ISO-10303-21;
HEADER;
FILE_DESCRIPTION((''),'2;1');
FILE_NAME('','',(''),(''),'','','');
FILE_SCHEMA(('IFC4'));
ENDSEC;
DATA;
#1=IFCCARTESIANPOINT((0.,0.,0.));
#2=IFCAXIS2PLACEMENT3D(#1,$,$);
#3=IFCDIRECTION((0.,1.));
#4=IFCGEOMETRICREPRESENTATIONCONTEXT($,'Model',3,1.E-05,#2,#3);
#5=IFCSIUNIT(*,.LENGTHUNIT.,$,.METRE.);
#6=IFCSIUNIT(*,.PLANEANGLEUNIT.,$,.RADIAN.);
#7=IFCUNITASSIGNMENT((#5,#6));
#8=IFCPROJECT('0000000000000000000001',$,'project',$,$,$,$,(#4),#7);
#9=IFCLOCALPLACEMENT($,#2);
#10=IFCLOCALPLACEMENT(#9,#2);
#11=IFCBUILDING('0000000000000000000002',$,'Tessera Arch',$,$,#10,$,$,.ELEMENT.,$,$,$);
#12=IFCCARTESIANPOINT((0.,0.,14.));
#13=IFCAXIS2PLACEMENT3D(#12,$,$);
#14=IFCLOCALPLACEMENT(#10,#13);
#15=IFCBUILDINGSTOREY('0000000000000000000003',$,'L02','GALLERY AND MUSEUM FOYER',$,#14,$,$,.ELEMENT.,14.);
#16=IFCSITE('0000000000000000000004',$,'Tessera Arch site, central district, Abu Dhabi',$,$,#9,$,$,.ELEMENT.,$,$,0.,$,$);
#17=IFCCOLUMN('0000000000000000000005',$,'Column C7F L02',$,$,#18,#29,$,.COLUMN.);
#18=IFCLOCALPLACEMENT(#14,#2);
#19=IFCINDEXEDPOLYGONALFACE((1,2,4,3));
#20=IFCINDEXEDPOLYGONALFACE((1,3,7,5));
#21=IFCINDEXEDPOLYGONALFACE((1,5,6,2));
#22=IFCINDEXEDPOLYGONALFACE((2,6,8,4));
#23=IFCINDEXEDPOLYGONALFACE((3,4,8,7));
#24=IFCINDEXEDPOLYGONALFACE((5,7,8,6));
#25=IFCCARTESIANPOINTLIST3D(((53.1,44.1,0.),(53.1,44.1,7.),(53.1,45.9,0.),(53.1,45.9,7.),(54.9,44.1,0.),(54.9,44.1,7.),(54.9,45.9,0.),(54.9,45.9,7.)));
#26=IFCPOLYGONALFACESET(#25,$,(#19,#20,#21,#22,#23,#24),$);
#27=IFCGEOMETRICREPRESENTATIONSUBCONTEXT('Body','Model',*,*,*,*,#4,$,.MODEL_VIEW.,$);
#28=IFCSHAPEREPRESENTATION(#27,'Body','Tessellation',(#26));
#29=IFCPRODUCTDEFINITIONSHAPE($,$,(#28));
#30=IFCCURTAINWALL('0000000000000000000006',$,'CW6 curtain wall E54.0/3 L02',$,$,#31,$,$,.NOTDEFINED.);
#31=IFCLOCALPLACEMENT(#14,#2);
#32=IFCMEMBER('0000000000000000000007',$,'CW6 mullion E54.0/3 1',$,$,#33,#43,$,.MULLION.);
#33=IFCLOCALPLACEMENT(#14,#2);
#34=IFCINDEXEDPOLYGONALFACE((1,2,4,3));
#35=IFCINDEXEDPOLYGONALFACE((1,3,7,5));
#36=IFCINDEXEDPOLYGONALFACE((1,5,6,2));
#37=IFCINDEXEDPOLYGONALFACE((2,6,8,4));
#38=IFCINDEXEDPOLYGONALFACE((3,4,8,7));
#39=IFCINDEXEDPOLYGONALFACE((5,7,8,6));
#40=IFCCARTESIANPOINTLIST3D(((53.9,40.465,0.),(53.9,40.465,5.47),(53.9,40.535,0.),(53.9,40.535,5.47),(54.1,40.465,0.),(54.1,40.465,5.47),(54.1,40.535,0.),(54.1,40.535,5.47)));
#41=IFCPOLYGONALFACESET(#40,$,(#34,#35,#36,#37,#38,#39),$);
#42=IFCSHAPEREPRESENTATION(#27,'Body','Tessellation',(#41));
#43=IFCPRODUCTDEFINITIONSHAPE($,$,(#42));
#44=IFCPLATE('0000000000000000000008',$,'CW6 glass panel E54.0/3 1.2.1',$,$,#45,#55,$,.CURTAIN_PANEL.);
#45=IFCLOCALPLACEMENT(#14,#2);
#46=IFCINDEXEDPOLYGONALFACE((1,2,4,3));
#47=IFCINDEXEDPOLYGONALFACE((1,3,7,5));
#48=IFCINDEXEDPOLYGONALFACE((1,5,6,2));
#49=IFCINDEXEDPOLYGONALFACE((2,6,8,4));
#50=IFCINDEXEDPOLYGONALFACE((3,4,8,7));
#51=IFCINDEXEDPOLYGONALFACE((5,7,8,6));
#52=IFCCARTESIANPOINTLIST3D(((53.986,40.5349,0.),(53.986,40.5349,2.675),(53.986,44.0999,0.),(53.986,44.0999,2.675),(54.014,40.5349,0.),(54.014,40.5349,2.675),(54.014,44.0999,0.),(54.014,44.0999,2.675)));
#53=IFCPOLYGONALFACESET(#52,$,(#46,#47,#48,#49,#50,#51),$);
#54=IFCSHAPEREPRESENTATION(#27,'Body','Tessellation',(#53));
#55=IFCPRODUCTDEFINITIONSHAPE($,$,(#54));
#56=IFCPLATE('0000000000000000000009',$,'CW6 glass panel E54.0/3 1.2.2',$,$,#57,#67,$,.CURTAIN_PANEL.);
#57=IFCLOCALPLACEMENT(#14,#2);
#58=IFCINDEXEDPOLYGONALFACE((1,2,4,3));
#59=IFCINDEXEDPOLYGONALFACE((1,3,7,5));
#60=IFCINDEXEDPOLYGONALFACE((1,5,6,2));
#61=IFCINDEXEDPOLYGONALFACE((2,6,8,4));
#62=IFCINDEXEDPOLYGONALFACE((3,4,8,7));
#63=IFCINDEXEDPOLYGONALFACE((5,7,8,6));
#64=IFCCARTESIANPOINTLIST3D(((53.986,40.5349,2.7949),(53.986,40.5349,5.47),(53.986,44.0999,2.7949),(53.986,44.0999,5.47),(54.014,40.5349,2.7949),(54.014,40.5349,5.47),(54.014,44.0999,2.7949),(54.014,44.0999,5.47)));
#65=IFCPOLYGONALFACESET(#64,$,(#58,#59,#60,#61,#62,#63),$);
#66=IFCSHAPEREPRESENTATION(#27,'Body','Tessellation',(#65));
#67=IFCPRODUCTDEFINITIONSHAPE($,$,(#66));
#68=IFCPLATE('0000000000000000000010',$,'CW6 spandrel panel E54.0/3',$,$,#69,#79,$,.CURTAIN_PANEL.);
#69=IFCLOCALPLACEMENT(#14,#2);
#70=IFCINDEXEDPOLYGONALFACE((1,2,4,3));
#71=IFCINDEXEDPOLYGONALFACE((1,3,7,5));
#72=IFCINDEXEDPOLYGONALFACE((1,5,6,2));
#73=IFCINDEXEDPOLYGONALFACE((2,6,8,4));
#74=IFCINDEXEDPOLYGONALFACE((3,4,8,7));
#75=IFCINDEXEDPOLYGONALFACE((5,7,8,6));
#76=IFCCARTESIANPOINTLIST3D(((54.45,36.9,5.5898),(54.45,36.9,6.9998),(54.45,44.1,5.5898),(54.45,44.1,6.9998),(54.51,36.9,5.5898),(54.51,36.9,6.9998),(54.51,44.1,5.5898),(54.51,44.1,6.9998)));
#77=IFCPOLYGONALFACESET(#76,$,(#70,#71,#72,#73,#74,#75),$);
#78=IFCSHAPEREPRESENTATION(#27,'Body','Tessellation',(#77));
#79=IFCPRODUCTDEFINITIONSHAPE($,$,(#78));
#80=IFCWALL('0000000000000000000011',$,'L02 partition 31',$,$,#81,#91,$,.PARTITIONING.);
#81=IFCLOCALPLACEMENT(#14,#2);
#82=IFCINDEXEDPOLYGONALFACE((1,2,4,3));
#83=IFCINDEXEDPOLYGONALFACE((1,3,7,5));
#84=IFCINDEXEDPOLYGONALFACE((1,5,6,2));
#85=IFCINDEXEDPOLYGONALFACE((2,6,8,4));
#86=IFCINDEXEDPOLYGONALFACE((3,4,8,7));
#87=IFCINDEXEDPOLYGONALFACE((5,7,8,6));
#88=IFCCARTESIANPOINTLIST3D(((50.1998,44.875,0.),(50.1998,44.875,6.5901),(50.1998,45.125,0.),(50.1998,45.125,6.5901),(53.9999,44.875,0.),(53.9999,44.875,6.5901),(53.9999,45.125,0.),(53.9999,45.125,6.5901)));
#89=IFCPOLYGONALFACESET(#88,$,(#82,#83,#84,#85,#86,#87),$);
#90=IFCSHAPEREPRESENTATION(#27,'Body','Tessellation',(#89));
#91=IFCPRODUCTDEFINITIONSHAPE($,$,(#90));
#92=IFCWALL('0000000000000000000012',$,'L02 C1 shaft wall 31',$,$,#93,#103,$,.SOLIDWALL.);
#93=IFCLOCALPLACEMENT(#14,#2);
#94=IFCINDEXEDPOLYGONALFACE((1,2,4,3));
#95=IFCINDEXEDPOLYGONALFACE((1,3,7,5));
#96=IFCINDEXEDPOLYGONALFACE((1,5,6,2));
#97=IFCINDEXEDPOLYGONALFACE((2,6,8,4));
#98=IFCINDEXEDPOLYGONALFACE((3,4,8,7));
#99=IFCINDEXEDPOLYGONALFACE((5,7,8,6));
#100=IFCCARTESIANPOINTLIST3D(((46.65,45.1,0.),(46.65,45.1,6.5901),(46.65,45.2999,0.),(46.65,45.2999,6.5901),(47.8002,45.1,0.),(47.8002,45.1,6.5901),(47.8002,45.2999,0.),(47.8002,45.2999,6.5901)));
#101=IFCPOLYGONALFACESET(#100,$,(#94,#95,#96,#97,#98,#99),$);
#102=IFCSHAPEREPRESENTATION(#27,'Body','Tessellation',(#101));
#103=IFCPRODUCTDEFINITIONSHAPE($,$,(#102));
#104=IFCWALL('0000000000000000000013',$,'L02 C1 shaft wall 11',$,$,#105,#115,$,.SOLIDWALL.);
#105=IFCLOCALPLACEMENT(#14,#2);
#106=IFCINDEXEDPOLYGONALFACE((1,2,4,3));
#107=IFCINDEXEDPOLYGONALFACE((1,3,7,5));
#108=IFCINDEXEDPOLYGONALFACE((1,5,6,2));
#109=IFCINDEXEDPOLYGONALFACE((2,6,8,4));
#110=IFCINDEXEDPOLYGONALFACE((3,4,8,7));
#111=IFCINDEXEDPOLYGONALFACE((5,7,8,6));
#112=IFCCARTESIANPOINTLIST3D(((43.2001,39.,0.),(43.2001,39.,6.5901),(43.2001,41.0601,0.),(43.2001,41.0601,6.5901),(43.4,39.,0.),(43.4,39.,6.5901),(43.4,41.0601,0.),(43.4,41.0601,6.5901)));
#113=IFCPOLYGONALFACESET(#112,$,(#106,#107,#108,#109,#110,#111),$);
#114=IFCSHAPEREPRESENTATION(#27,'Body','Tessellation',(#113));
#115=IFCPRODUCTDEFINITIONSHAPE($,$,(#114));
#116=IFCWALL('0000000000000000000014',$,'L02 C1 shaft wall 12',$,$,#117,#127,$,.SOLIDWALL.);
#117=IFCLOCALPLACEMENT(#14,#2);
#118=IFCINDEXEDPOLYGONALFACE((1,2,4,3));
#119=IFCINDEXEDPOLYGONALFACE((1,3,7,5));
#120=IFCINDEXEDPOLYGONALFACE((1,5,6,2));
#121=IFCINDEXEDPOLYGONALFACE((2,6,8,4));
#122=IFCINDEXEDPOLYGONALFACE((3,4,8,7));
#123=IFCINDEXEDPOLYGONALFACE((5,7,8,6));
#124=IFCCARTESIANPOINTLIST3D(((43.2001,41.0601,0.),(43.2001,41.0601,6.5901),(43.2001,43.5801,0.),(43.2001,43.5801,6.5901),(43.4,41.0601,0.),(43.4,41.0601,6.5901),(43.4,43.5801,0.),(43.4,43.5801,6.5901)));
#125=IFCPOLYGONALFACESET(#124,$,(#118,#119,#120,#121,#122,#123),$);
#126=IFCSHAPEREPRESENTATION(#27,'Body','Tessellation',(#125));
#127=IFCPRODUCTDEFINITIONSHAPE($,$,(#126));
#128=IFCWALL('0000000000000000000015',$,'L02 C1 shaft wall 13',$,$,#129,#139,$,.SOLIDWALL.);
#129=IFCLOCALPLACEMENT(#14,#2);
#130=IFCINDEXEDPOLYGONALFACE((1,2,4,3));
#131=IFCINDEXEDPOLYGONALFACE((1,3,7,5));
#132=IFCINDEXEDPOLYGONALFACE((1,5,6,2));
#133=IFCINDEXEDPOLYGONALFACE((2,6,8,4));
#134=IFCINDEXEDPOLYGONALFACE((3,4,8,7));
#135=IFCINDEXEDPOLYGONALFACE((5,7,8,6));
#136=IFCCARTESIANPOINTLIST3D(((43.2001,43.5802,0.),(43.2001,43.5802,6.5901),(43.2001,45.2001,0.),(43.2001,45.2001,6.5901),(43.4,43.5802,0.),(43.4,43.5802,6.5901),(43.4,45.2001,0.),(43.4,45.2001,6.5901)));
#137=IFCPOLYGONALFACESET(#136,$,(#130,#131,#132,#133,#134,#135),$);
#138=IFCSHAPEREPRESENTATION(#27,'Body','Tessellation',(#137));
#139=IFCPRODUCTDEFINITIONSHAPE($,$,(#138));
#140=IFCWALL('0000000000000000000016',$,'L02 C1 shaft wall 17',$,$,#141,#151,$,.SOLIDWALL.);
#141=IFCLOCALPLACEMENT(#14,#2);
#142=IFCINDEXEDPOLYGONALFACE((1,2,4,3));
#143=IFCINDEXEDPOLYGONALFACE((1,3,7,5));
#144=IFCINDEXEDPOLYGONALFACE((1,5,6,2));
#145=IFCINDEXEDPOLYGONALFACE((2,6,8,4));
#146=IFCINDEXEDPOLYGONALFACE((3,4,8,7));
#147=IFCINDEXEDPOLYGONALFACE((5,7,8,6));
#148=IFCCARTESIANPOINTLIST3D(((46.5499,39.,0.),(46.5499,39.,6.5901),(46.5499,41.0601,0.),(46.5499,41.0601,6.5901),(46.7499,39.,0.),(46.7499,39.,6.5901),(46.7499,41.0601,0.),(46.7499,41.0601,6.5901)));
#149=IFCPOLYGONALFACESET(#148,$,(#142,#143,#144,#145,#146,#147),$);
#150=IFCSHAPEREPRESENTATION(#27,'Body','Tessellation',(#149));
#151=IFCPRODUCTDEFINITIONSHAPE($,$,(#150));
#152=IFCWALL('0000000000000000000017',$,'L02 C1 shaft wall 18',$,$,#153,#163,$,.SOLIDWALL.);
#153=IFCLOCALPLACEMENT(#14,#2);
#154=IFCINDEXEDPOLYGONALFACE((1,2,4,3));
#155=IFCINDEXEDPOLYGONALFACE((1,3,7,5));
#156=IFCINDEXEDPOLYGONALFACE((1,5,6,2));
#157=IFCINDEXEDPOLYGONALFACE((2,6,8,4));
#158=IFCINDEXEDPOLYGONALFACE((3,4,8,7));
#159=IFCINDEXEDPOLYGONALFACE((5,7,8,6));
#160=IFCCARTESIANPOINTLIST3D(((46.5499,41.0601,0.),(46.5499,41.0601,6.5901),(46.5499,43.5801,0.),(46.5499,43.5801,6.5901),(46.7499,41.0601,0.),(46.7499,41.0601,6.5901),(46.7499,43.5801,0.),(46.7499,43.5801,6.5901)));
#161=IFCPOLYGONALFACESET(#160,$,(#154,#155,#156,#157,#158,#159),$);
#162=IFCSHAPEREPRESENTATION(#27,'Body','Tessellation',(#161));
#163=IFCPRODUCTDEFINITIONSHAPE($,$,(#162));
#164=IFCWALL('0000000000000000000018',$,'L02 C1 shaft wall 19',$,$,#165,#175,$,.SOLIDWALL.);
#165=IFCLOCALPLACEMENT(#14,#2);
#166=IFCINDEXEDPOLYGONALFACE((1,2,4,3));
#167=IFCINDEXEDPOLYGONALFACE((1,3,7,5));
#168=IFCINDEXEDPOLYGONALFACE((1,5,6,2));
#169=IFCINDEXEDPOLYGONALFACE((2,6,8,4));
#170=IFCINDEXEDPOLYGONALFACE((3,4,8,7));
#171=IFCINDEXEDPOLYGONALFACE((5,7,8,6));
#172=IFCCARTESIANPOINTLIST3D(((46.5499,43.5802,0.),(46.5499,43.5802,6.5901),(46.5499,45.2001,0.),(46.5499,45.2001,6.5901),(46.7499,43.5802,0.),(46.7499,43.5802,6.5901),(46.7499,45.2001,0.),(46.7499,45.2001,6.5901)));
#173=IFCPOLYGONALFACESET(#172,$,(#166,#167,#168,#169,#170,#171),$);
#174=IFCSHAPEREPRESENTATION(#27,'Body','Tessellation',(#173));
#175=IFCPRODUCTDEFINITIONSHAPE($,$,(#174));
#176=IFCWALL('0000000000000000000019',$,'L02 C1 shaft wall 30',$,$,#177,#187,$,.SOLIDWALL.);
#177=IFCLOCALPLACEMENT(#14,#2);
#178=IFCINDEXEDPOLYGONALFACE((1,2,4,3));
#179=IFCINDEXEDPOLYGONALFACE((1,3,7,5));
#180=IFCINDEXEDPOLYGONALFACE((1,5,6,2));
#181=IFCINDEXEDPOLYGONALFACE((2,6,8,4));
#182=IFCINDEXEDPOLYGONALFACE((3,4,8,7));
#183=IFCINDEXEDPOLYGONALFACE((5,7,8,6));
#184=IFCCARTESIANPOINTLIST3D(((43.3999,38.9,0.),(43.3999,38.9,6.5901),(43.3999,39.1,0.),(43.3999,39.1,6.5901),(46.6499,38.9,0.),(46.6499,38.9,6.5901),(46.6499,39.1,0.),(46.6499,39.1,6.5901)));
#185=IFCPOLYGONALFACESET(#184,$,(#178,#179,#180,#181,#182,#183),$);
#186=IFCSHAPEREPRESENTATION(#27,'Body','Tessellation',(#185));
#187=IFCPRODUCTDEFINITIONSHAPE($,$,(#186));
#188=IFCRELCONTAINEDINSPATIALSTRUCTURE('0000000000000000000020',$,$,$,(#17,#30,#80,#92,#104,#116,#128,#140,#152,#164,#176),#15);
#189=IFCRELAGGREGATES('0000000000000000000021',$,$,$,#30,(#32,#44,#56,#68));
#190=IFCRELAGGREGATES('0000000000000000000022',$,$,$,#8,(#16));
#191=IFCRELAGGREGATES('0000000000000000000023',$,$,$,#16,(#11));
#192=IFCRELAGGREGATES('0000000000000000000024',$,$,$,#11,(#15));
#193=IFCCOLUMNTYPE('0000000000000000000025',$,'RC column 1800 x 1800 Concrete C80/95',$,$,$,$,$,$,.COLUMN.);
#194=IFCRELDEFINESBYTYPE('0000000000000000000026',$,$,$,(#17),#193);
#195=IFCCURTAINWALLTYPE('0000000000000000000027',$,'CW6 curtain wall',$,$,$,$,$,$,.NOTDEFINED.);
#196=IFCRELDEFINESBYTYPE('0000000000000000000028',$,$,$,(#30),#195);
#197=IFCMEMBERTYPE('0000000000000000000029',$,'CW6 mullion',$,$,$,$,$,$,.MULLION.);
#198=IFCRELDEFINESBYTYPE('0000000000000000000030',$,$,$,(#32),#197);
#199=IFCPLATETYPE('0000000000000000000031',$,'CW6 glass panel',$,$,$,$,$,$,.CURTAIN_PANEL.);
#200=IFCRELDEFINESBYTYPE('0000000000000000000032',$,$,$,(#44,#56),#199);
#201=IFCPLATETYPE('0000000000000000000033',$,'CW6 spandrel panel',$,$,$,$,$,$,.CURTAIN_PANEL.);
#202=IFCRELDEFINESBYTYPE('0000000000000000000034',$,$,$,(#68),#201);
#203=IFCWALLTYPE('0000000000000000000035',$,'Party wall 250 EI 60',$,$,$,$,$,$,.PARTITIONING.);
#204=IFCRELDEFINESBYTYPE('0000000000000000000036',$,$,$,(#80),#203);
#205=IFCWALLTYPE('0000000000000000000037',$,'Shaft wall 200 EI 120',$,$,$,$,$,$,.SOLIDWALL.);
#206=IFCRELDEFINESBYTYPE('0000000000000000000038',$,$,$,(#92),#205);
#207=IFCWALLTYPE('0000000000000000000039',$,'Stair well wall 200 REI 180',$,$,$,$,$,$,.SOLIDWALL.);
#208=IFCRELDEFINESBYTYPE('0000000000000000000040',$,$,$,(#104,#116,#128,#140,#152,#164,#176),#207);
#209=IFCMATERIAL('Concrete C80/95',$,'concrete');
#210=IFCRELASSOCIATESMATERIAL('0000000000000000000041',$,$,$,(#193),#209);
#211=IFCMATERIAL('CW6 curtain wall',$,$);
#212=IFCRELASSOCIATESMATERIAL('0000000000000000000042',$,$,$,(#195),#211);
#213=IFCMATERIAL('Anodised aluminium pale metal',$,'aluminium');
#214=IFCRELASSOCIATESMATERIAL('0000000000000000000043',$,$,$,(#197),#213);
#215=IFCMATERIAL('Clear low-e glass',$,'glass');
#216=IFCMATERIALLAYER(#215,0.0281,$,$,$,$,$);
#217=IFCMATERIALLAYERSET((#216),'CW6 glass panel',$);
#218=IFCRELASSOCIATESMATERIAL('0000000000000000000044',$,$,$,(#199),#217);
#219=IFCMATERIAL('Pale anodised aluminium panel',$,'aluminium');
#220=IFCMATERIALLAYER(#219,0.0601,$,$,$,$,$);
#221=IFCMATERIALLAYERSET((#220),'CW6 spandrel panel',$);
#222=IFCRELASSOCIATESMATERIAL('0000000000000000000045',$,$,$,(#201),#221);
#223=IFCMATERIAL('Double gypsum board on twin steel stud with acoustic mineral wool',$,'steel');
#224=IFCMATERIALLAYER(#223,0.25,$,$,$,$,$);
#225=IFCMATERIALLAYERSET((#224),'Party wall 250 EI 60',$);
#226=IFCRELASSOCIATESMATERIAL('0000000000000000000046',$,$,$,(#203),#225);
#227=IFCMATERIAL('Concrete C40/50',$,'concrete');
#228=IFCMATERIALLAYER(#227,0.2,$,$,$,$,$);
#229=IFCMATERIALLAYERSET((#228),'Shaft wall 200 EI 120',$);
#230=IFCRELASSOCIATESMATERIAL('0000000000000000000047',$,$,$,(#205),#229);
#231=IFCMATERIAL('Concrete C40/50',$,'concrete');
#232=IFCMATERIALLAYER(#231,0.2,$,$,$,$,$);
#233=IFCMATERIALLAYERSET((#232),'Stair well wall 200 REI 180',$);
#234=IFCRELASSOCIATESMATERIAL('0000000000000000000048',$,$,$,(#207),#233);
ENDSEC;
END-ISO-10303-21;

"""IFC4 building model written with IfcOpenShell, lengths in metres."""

from ifc_helpers import new_model, si_unit, direction, frame, frame_2d, origin, origin_2d, place, context, subcontext, project, spatial, rectangle, extrude, material, layer, layer_set, material_profile, profile_set, type_object, element, aggregate, save


model = new_model("IFC4")

# Units and contexts
model_context = context("Model", 3, precision=1e-05, world=origin(), true_north=direction((0.0, 1.0)))
body_context = subcontext(model_context, "Body", "Model", "MODEL_VIEW")
ifc_project = project(units=[si_unit("LENGTHUNIT", "METRE"), si_unit("PLANEANGLEUNIT", "RADIAN")], contexts=[model_context])

# Site, building, storey
site_placement = place(None, origin())
site = spatial("IfcSite", under=ifc_project, at=site_placement, Name="Tessera Arch site, central district, Abu Dhabi", CompositionType="ELEMENT", RefElevation=0.0)
building_placement = place(site_placement, origin())
building = spatial("IfcBuilding", under=site, at=building_placement, Name="Tessera Arch", CompositionType="ELEMENT")
storey_placement = place(building_placement, frame((0.0, 0.0, 14.0)))
storey = spatial("IfcBuildingStorey", under=building, at=storey_placement, Name="L02", Description="GALLERY AND MUSEUM FOYER", CompositionType="ELEMENT", Elevation=14.0)

# Column
ifc_material_1 = material(Name="Concrete C80/95", Category="concrete")
ifc_material_profile_1 = material_profile(ifc_material_1, rectangle(XDim=1.8, YDim=1.8, at=origin_2d()), Name="RC column 1800 x 1800 Concrete C80/95")
ifc_profile_set_1 = profile_set([ifc_material_profile_1], Name="Concrete C80/95")
column_type = type_object("IfcColumnType", Name="RC column 1800 x 1800 Concrete C80/95", PredefinedType="COLUMN", material=ifc_profile_set_1)
column_placement = place(storey_placement, frame((54.0, 45.0, 0.0), z_axis=(0.0, 0.0, 1.0), x_axis=(1.0, 0.0, 0.0)))
element("IfcColumn", 1, at=column_placement, inside=storey, type_object=column_type, Name="Column C7F L02", PredefinedType="COLUMN", context=body_context, shape_type="SweptSolid", body=[
    extrude(rectangle(XDim=1.8, YDim=1.8, at=origin_2d()), origin(), (0.0, 0.0, 1.0), 7.0),
])

# Curtain wall, member, plates
ifc_material_2 = material(Name="CW6 curtain wall")
curtain_wall_type = type_object("IfcCurtainWallType", Name="CW6 curtain wall", PredefinedType="NOTDEFINED", material=ifc_material_2)
curtain_wall_placement = place(storey_placement, origin())
curtain_wall = element("IfcCurtainWall", 2, at=curtain_wall_placement, inside=storey, type_object=curtain_wall_type, Name="CW6 curtain wall E54.0/3 L02", PredefinedType="NOTDEFINED")
ifc_material_3 = material(Name="Anodised aluminium pale metal", Category="aluminium")
ifc_material_profile_2 = material_profile(ifc_material_3, rectangle(XDim=0.2, YDim=0.0701, at=origin_2d()), Name="AL 70x200")
ifc_profile_set_2 = profile_set([ifc_material_profile_2], Name="Anodised aluminium pale metal")
member_type = type_object("IfcMemberType", Name="CW6 mullion", PredefinedType="MULLION", material=ifc_profile_set_2)
member_placement = place(storey_placement, frame((54.0, 40.5, 0.0), z_axis=(0.0, 0.0, 1.0), x_axis=(-1.0, 0.0, 0.0)))
member = element("IfcMember", 3, at=member_placement, type_object=member_type, Name="CW6 mullion E54.0/3 1", PredefinedType="MULLION", context=body_context, shape_type="SweptSolid", body=[
    extrude(rectangle(XDim=0.2, YDim=0.0701, at=origin_2d()), origin(), (0.0, 0.0, 1.0), 5.47),
])
ifc_material_4 = material(Name="Clear low-e glass", Category="glass")
ifc_layer_1 = layer(ifc_material_4, 0.0281)
ifc_layer_set_1 = layer_set([ifc_layer_1], Name="CW6 glass panel")
plate_type_1 = type_object("IfcPlateType", Name="CW6 glass panel", PredefinedType="CURTAIN_PANEL", material=ifc_layer_set_1)
plate_1_placement = place(storey_placement, frame((54.0, 42.3174, 0.0), z_axis=(0.0, 0.0, 1.0), x_axis=(0.0, 1.0, 0.0)))
plate_1 = element("IfcPlate", 4, at=plate_1_placement, type_object=plate_type_1, Name="CW6 glass panel E54.0/3 1.2.1", PredefinedType="CURTAIN_PANEL", context=body_context, shape_type="SweptSolid", body=[
    extrude(rectangle(XDim=3.5649, YDim=0.0281, at=origin_2d()), origin(), (0.0, 0.0, 1.0), 2.675),
])
plate_2_placement = place(storey_placement, frame((54.0, 42.3174, 2.7949), z_axis=(0.0, 0.0, 1.0), x_axis=(0.0, 1.0, 0.0)))
plate_2 = element("IfcPlate", 5, at=plate_2_placement, type_object=plate_type_1, Name="CW6 glass panel E54.0/3 1.2.2", PredefinedType="CURTAIN_PANEL", context=body_context, shape_type="SweptSolid", body=[
    extrude(rectangle(XDim=3.5649, YDim=0.0281, at=origin_2d()), origin(), (0.0, 0.0, 1.0), 2.675),
])
ifc_material_5 = material(Name="Pale anodised aluminium panel", Category="aluminium")
ifc_layer_2 = layer(ifc_material_5, 0.0601)
ifc_layer_set_2 = layer_set([ifc_layer_2], Name="CW6 spandrel panel")
plate_type_2 = type_object("IfcPlateType", Name="CW6 spandrel panel", PredefinedType="CURTAIN_PANEL", material=ifc_layer_set_2)
plate_3_placement = place(storey_placement, frame((54.48, 40.5, 5.5898), z_axis=(0.0, 0.0, 1.0), x_axis=(0.0, 1.0, 0.0)))
plate_3 = element("IfcPlate", 6, at=plate_3_placement, type_object=plate_type_2, Name="CW6 spandrel panel E54.0/3", PredefinedType="CURTAIN_PANEL", context=body_context, shape_type="SweptSolid", body=[
    extrude(rectangle(XDim=7.2, YDim=0.0601, at=origin_2d()), origin(), (0.0, 0.0, 1.0), 1.4099),
])
aggregate(curtain_wall, [member, plate_1, plate_2, plate_3])

# Walls
ifc_material_6 = material(Name="Double gypsum board on twin steel stud with acoustic mineral wool", Category="steel")
ifc_layer_3 = layer(ifc_material_6, 0.25)
ifc_layer_set_3 = layer_set([ifc_layer_3], Name="Party wall 250 EI 60")
wall_type_1 = type_object("IfcWallType", Name="Party wall 250 EI 60", PredefinedType="PARTITIONING", material=ifc_layer_set_3)
wall_1_placement = place(storey_placement, frame((50.2, 45.0, 0.0), z_axis=(0.0, 0.0, 1.0), x_axis=(1.0, 0.0, 0.0)))
element("IfcWall", 7, at=wall_1_placement, inside=storey, type_object=wall_type_1, Name="L02 partition 31", PredefinedType="PARTITIONING", context=body_context, shape_type="SweptSolid", body=[
    extrude(rectangle(XDim=3.8, YDim=0.25, at=frame_2d((1.8999, 0.0))), origin(), (0.0, 0.0, 1.0), 6.5901),
])
ifc_material_7 = material(Name="Concrete C40/50", Category="concrete")
ifc_layer_4 = layer(ifc_material_7, 0.2)
ifc_layer_set_4 = layer_set([ifc_layer_4], Name="Shaft wall 200 EI 120")
wall_type_2 = type_object("IfcWallType", Name="Shaft wall 200 EI 120", PredefinedType="SOLIDWALL", material=ifc_layer_set_4)
wall_2_placement = place(storey_placement, frame((46.6499, 45.2, 0.0), z_axis=(0.0, 0.0, 1.0), x_axis=(1.0, 0.0, 0.0)))
element("IfcWall", 8, at=wall_2_placement, inside=storey, type_object=wall_type_2, Name="L02 C1 shaft wall 31", PredefinedType="SOLIDWALL", context=body_context, shape_type="SweptSolid", body=[
    extrude(rectangle(XDim=1.1501, YDim=0.2, at=frame_2d((0.5752, 0.0))), origin(), (0.0, 0.0, 1.0), 6.5901),
])
ifc_material_8 = material(Name="Concrete C40/50", Category="concrete")
ifc_layer_5 = layer(ifc_material_8, 0.2)
ifc_layer_set_5 = layer_set([ifc_layer_5], Name="Stair well wall 200 REI 180")
wall_type_3 = type_object("IfcWallType", Name="Stair well wall 200 REI 180", PredefinedType="SOLIDWALL", material=ifc_layer_set_5)
wall_3_placement = place(storey_placement, frame((43.3, 39.0, 0.0), z_axis=(0.0, 0.0, 1.0), x_axis=(0.0, 1.0, 0.0)))
element("IfcWall", 9, at=wall_3_placement, inside=storey, type_object=wall_type_3, Name="L02 C1 shaft wall 11", PredefinedType="SOLIDWALL", context=body_context, shape_type="SweptSolid", body=[
    extrude(rectangle(XDim=2.0601, YDim=0.2, at=frame_2d((1.03, 0.0))), origin(), (0.0, 0.0, 1.0), 6.5901),
])
wall_4_placement = place(storey_placement, frame((43.3, 41.0601, 0.0), z_axis=(0.0, 0.0, 1.0), x_axis=(0.0, 1.0, 0.0)))
element("IfcWall", 10, at=wall_4_placement, inside=storey, type_object=wall_type_3, Name="L02 C1 shaft wall 12", PredefinedType="SOLIDWALL", context=body_context, shape_type="SweptSolid", body=[
    extrude(rectangle(XDim=2.52, YDim=0.2, at=frame_2d((1.26, 0.0))), origin(), (0.0, 0.0, 1.0), 6.5901),
])
wall_5_placement = place(storey_placement, frame((43.3, 43.5801, 0.0), z_axis=(0.0, 0.0, 1.0), x_axis=(0.0, 1.0, 0.0)))
element("IfcWall", 11, at=wall_5_placement, inside=storey, type_object=wall_type_3, Name="L02 C1 shaft wall 13", PredefinedType="SOLIDWALL", context=body_context, shape_type="SweptSolid", body=[
    extrude(rectangle(XDim=1.6199, YDim=0.2, at=frame_2d((0.8101, 0.0))), origin(), (0.0, 0.0, 1.0), 6.5901),
])
wall_6_placement = place(storey_placement, frame((46.6499, 39.0, 0.0), z_axis=(0.0, 0.0, 1.0), x_axis=(0.0, 1.0, 0.0)))
element("IfcWall", 12, at=wall_6_placement, inside=storey, type_object=wall_type_3, Name="L02 C1 shaft wall 17", PredefinedType="SOLIDWALL", context=body_context, shape_type="SweptSolid", body=[
    extrude(rectangle(XDim=2.0601, YDim=0.2, at=frame_2d((1.03, 0.0))), origin(), (0.0, 0.0, 1.0), 6.5901),
])
wall_7_placement = place(storey_placement, frame((46.6499, 41.0601, 0.0), z_axis=(0.0, 0.0, 1.0), x_axis=(0.0, 1.0, 0.0)))
element("IfcWall", 13, at=wall_7_placement, inside=storey, type_object=wall_type_3, Name="L02 C1 shaft wall 18", PredefinedType="SOLIDWALL", context=body_context, shape_type="SweptSolid", body=[
    extrude(rectangle(XDim=2.52, YDim=0.2, at=frame_2d((1.26, 0.0))), origin(), (0.0, 0.0, 1.0), 6.5901),
])
wall_8_placement = place(storey_placement, frame((46.6499, 43.5801, 0.0), z_axis=(0.0, 0.0, 1.0), x_axis=(0.0, 1.0, 0.0)))
element("IfcWall", 14, at=wall_8_placement, inside=storey, type_object=wall_type_3, Name="L02 C1 shaft wall 19", PredefinedType="SOLIDWALL", context=body_context, shape_type="SweptSolid", body=[
    extrude(rectangle(XDim=1.6199, YDim=0.2, at=frame_2d((0.8101, 0.0))), origin(), (0.0, 0.0, 1.0), 6.5901),
])
wall_9_placement = place(storey_placement, frame((43.3999, 39.0, 0.0), z_axis=(0.0, 0.0, 1.0), x_axis=(1.0, 0.0, 0.0)))
element("IfcWall", 15, at=wall_9_placement, inside=storey, type_object=wall_type_3, Name="L02 C1 shaft wall 30", PredefinedType="SOLIDWALL", context=body_context, shape_type="SweptSolid", body=[
    extrude(rectangle(XDim=3.25, YDim=0.2, at=frame_2d((1.625, 0.0))), origin(), (0.0, 0.0, 1.0), 6.5901),
])

save(model, "model.ifc")
